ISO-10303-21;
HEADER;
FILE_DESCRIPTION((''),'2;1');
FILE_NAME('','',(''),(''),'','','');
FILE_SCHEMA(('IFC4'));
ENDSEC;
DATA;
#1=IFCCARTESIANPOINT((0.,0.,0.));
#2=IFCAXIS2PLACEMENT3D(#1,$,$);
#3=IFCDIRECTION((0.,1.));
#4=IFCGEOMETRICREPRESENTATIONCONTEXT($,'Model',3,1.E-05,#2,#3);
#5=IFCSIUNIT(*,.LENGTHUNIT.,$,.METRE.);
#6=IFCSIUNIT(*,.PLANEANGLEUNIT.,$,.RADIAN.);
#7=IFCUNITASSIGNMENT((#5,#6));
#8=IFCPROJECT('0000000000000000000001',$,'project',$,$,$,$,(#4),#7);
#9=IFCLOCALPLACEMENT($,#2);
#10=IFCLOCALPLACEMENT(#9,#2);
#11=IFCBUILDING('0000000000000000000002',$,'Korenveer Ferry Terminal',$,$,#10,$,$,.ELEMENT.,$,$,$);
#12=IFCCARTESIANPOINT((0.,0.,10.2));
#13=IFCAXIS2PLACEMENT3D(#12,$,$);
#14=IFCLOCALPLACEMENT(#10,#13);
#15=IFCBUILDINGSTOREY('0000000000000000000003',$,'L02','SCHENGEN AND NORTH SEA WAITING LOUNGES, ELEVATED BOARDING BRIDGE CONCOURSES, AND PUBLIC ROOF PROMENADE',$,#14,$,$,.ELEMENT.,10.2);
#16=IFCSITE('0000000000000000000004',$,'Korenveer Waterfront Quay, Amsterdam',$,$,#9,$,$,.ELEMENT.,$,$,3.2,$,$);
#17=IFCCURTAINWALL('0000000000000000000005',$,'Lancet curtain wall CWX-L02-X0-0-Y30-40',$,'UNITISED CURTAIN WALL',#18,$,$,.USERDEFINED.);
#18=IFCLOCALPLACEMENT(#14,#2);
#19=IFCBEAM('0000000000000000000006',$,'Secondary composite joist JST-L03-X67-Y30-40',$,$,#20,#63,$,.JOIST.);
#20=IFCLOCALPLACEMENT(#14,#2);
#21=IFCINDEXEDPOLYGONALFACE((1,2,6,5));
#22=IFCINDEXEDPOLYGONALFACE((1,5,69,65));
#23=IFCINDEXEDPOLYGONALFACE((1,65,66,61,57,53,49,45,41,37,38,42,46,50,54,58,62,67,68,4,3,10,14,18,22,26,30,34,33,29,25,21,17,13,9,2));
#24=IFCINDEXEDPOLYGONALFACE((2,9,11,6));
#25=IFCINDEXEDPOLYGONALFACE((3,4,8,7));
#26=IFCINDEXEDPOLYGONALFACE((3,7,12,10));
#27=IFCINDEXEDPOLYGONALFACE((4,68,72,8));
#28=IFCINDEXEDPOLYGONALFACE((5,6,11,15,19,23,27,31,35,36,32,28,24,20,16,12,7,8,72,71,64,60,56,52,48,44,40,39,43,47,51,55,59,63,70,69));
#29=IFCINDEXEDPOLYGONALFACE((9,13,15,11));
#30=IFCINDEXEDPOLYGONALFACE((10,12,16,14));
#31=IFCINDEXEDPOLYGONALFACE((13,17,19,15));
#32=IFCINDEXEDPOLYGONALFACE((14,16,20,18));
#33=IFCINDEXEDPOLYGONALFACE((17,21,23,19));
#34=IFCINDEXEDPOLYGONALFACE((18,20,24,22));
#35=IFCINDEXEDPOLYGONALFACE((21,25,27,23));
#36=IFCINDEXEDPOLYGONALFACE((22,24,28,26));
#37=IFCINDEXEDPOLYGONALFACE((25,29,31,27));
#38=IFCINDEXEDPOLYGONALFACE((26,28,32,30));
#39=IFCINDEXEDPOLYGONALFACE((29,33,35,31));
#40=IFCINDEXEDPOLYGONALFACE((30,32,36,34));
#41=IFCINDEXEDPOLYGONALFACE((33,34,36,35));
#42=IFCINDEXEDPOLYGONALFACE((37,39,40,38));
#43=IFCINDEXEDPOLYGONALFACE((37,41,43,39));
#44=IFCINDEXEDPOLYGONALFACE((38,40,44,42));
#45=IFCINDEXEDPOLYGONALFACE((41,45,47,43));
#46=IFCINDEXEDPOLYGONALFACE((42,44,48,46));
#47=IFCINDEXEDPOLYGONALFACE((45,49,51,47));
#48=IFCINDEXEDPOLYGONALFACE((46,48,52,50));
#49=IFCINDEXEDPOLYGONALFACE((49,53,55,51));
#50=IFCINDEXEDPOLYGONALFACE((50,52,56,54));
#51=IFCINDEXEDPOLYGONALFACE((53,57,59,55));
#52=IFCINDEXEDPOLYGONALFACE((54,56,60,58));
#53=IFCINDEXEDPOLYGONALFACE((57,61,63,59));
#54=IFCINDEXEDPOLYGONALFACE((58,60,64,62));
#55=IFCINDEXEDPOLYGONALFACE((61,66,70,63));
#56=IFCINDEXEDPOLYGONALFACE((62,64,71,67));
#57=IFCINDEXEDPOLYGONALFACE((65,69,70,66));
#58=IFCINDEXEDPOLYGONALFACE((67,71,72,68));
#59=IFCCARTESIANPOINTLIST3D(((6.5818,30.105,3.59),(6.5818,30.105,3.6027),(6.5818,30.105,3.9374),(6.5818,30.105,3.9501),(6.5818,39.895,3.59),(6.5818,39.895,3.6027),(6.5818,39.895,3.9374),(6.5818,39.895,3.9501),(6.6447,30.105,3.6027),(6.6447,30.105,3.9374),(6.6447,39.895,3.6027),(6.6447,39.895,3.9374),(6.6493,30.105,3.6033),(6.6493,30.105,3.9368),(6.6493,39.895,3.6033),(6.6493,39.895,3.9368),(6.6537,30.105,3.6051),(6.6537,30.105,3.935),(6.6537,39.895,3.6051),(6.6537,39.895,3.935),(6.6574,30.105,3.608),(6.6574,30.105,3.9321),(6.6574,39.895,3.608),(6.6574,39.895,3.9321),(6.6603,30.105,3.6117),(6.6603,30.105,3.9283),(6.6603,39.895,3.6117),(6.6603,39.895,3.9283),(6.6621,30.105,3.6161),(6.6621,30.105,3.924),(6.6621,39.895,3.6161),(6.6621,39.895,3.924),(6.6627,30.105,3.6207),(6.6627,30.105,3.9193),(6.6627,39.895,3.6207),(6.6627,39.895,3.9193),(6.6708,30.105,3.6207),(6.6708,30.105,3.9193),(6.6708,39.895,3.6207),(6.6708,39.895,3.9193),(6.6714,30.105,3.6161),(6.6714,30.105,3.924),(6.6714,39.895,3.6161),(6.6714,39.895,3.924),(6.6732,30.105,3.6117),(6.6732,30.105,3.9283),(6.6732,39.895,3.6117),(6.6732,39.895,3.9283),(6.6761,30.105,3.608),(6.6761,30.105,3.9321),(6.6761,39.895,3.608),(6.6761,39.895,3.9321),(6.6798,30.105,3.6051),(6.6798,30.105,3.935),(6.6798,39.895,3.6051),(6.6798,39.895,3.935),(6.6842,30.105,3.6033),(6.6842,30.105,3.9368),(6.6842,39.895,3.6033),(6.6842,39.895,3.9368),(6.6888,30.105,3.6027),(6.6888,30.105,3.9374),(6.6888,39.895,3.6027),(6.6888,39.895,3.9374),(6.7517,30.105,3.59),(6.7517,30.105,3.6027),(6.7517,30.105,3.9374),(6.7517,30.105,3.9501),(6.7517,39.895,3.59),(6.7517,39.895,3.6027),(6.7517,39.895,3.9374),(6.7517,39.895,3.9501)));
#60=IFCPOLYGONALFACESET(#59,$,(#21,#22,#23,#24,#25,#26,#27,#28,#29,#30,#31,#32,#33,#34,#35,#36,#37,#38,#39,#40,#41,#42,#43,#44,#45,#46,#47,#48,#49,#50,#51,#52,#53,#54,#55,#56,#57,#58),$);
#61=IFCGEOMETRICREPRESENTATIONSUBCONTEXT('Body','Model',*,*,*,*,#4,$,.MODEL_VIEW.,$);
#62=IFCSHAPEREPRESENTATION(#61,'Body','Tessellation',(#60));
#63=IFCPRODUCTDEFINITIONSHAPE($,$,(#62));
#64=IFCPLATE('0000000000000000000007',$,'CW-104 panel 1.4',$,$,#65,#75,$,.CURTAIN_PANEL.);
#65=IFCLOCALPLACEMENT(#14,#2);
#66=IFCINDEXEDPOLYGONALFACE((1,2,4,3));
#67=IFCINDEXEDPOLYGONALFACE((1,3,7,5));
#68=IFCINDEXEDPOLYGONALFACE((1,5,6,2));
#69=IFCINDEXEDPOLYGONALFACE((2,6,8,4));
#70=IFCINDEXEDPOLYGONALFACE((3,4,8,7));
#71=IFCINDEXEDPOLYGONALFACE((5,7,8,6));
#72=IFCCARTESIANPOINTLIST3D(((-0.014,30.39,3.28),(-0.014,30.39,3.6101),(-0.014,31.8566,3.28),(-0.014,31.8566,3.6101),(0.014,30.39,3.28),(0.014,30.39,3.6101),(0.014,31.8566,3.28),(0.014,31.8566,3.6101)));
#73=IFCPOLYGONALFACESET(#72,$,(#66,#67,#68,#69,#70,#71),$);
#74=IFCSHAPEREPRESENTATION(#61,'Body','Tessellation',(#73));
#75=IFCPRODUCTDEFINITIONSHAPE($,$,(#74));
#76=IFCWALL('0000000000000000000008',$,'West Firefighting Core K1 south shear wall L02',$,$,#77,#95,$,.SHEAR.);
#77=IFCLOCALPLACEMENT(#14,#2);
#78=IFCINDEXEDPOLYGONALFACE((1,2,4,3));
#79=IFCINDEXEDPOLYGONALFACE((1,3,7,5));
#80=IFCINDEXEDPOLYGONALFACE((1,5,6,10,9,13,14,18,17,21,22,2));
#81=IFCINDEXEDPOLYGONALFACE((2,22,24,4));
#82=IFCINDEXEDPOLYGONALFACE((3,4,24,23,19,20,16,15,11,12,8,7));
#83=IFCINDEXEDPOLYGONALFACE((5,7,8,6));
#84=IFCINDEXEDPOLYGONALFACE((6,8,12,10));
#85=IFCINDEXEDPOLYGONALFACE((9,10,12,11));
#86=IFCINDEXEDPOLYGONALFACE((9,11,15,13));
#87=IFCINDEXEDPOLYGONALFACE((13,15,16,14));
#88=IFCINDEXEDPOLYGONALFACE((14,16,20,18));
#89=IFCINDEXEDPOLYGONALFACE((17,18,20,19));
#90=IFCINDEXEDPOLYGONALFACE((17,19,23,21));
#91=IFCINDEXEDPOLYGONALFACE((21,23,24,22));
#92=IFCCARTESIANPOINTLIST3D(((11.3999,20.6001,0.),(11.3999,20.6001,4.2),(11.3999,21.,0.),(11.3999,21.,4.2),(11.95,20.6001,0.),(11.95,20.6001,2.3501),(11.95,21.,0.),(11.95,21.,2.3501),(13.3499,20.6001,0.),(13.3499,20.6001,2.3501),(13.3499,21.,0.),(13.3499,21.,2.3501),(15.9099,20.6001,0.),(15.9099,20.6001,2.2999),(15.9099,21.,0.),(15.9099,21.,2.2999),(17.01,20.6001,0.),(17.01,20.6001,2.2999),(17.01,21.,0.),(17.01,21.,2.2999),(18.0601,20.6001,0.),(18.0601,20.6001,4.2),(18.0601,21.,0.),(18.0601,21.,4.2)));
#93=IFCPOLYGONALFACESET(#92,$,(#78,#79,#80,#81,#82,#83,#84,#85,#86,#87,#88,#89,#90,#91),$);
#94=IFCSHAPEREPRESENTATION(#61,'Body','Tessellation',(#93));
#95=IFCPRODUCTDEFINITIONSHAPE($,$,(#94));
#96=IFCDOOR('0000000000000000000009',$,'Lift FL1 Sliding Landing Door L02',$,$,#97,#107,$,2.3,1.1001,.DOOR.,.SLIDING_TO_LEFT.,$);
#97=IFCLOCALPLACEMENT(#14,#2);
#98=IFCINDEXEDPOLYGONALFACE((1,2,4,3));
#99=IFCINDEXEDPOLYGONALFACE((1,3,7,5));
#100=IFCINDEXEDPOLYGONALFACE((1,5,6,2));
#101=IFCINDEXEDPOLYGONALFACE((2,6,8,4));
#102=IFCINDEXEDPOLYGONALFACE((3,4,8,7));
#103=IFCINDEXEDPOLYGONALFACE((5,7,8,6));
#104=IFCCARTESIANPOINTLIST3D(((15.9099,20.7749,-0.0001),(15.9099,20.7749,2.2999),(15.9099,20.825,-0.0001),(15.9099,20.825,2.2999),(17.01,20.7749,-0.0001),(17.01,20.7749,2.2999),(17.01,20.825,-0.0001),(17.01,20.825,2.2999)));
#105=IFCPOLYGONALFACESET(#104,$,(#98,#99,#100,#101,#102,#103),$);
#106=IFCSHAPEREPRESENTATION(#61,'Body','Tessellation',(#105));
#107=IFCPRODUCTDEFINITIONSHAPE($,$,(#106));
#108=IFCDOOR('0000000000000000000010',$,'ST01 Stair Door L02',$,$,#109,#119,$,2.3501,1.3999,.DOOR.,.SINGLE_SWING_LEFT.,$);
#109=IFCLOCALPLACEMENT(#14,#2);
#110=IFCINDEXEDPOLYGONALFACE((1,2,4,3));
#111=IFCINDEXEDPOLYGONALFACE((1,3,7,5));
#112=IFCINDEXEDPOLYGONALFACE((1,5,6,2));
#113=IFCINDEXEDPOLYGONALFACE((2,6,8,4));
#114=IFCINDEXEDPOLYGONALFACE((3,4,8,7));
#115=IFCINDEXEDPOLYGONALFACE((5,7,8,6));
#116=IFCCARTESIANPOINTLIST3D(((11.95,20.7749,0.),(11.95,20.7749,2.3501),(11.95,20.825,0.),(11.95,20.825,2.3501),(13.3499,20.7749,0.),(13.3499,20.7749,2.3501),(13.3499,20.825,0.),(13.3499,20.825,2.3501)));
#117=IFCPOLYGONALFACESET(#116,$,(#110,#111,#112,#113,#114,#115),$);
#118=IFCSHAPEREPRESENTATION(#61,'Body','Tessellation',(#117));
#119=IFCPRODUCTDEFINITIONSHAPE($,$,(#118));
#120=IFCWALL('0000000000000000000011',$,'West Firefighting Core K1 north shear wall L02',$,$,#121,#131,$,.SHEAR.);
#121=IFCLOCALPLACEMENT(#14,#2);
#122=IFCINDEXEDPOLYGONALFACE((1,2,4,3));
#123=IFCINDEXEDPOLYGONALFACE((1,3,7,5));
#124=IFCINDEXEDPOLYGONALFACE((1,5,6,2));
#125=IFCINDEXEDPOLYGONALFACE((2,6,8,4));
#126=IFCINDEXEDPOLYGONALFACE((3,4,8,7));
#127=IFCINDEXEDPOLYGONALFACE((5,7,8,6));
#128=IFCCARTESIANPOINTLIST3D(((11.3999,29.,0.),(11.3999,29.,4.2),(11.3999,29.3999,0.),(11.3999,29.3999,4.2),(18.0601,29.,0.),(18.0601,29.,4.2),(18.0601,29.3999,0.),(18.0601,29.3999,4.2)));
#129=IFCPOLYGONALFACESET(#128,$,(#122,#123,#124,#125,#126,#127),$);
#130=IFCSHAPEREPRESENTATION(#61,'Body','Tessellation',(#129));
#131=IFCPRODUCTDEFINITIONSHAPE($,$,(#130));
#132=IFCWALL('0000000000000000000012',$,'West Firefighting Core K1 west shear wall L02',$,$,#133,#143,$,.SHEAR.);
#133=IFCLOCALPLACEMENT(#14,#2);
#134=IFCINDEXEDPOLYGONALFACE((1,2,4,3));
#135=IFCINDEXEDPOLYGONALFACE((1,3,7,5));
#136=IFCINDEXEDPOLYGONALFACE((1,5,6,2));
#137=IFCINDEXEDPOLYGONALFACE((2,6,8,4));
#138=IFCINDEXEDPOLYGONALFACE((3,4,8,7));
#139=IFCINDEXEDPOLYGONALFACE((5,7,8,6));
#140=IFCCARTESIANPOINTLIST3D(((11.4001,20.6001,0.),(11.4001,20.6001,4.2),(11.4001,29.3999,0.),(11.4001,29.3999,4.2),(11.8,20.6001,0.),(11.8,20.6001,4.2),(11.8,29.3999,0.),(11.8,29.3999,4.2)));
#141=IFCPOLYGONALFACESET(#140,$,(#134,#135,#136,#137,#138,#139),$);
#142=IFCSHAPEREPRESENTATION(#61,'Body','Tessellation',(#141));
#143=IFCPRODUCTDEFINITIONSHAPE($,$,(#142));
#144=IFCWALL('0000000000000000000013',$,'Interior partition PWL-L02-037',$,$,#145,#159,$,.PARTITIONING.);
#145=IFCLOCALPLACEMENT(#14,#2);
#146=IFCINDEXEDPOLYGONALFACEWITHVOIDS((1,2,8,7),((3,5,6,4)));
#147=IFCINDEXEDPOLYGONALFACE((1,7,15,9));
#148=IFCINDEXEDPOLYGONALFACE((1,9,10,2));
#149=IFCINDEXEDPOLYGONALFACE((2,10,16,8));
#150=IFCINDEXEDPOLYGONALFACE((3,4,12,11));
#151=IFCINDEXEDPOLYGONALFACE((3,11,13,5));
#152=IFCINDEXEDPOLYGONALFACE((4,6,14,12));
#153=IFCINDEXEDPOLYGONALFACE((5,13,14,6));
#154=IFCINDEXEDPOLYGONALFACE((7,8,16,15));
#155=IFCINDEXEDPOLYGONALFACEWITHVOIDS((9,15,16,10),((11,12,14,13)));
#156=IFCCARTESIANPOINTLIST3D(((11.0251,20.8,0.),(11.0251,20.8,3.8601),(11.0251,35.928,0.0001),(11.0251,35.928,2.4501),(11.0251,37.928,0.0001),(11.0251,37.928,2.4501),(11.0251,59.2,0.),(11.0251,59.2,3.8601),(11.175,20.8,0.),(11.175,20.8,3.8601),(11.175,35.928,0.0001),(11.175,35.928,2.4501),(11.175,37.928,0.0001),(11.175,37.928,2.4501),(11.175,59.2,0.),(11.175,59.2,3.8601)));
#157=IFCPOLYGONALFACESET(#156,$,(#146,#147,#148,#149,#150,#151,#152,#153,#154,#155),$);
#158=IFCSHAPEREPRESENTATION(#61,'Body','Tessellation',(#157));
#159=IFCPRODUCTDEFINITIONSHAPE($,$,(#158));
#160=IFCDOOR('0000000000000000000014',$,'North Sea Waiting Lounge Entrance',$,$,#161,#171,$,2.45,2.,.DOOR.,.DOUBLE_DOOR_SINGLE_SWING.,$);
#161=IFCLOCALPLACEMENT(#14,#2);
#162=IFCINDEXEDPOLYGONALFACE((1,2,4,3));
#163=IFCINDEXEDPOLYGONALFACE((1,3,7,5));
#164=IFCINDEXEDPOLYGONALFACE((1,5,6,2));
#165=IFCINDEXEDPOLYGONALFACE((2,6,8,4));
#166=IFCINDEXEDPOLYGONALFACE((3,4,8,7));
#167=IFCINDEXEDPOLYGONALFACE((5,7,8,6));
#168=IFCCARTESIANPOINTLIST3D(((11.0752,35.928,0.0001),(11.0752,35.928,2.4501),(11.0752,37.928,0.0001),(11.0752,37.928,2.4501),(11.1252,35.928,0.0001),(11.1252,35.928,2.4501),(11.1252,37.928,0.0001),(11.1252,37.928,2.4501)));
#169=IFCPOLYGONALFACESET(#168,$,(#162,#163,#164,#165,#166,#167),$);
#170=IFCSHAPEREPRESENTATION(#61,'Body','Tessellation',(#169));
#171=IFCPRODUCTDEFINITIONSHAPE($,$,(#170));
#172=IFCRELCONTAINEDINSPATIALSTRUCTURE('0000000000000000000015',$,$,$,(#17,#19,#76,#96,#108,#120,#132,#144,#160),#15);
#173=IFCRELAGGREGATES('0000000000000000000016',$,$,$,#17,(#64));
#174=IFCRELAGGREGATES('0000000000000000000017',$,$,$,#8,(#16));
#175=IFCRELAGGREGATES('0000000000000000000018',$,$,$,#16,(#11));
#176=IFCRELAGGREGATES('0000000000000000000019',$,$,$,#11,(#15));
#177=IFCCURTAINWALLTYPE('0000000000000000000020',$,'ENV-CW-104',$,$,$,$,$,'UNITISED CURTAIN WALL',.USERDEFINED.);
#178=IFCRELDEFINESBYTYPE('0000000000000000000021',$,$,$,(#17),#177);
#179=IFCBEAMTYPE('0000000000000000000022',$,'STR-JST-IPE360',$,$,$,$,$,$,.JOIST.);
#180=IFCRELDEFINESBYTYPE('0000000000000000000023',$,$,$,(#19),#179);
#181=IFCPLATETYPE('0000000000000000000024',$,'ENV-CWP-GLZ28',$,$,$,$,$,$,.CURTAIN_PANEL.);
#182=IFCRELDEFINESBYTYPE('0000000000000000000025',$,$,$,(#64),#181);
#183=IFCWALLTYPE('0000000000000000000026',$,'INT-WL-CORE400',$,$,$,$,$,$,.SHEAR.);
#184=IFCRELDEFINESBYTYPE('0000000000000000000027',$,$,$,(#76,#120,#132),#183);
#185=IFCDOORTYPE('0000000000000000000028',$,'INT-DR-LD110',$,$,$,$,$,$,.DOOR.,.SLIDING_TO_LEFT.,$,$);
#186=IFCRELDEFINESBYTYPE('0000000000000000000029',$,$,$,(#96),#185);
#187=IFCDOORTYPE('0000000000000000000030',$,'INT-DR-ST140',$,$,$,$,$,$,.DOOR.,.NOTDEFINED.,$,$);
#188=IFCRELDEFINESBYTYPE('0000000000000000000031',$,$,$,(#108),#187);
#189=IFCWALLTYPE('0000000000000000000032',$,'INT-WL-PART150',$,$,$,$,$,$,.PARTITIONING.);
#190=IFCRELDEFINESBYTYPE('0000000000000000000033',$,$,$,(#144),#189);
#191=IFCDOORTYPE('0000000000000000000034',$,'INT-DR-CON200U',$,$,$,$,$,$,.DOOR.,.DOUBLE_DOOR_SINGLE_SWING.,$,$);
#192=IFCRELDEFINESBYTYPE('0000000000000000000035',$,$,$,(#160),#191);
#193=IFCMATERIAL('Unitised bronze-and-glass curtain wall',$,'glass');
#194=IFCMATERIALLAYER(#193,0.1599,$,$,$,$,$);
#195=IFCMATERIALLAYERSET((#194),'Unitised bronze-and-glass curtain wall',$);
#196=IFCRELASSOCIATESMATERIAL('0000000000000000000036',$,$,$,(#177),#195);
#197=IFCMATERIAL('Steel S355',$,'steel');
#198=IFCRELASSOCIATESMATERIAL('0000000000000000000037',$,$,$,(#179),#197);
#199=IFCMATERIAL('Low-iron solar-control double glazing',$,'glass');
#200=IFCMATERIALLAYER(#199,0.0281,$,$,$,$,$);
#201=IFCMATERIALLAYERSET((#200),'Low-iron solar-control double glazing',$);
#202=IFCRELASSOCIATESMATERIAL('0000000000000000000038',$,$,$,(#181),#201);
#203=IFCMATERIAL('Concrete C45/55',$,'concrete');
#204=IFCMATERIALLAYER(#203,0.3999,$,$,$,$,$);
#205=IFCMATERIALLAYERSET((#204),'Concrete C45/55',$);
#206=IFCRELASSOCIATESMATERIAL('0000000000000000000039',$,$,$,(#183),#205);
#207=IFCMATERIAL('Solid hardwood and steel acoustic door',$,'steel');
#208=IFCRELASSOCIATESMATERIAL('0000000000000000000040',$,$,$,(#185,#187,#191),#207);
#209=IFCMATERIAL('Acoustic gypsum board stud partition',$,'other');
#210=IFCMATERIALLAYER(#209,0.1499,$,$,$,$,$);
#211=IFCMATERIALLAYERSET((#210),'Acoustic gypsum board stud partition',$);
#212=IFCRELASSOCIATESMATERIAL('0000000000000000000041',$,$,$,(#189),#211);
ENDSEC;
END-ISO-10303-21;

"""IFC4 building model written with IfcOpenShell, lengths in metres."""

from ifc_helpers import new_model, si_unit, direction, frame, frame_2d, origin, origin_2d, place, context, subcontext, project, spatial, rectangle, i_section, extrude, material, layer, layer_set, material_profile, profile_set, type_object, element, fill, aggregate, save


model = new_model("IFC4")

# Units and contexts
model_context = context("Model", 3, precision=1e-05, world=origin(), true_north=direction((0.0, 1.0)))
body_context = subcontext(model_context, "Body", "Model", "MODEL_VIEW")
ifc_project = project(units=[si_unit("LENGTHUNIT", "METRE"), si_unit("PLANEANGLEUNIT", "RADIAN")], contexts=[model_context])

# Site, building, storey
site_placement = place(None, origin())
site = spatial("IfcSite", under=ifc_project, at=site_placement, Name="Korenveer Waterfront Quay, Amsterdam", CompositionType="ELEMENT", RefElevation=3.2)
building_placement = place(site_placement, origin())
building = spatial("IfcBuilding", under=site, at=building_placement, Name="Korenveer Ferry Terminal", CompositionType="ELEMENT")
storey_placement = place(building_placement, frame((0.0, 0.0, 10.2)))
storey = spatial("IfcBuildingStorey", under=building, at=storey_placement, Name="L02", Description="SCHENGEN AND NORTH SEA WAITING LOUNGES, ELEVATED BOARDING BRIDGE CONCOURSES, AND PUBLIC ROOF PROMENADE", CompositionType="ELEMENT", Elevation=10.2)

# Shared definitions
ifc_material_1 = material(Name="Concrete C45/55", Category="concrete")

# Curtain wall
ifc_material_2 = material(Name="Unitised bronze-and-glass curtain wall", Category="glass")
ifc_layer_1 = layer(ifc_material_2, 0.1599)
ifc_layer_set_1 = layer_set([ifc_layer_1], Name="Unitised bronze-and-glass curtain wall")
curtain_wall_type = type_object("IfcCurtainWallType", Name="ENV-CW-104", ElementType="UNITISED CURTAIN WALL", PredefinedType="USERDEFINED", material=ifc_layer_set_1)
curtain_wall_placement = place(storey_placement, frame((0.0, 30.3301, 0.0)))
curtain_wall = element("IfcCurtainWall", 1, at=curtain_wall_placement, inside=storey, type_object=curtain_wall_type, Name="Lancet curtain wall CWX-L02-X0-0-Y30-40", ObjectType="UNITISED CURTAIN WALL", PredefinedType="USERDEFINED")

# Beam
ifc_material_3 = material(Name="Steel S355", Category="steel")
ifc_material_profile_1 = material_profile(ifc_material_3, i_section(OverallWidth=0.1699, OverallDepth=0.3601, WebThickness=0.0081, FlangeThickness=0.0127, FilletRadius=0.0181, at=origin_2d()), Name="IPE 360")
ifc_profile_set_1 = profile_set([ifc_material_profile_1], Name="Steel S355")
beam_type_1 = type_object("IfcBeamType", Name="STR-JST-IPE360", PredefinedType="JOIST", material=ifc_profile_set_1)
for number, where, z_axis, x_axis, name in (
    (2, (6.6667, 30.105, 3.77), (0.0, 1.0, 0.0), (-1.0, 0.0, 0.0), "Secondary composite joist JST-L03-X67-Y30-40"),
):
    element("IfcBeam", number, at=place(storey_placement, frame(where, z_axis=z_axis, x_axis=x_axis)), inside=storey, type_object=beam_type_1, Name=name, PredefinedType="JOIST", context=body_context, shape_type="SweptSolid", body=[
        extrude(i_section(OverallWidth=0.1699, OverallDepth=0.3601, WebThickness=0.0081, FlangeThickness=0.0127, FilletRadius=0.0181, at=origin_2d()), origin(), (0.0, 0.0, 1.0), 9.79),
    ])

# Plate
ifc_material_4 = material(Name="Low-iron solar-control double glazing", Category="glass")
ifc_layer_2 = layer(ifc_material_4, 0.0281)
ifc_layer_set_2 = layer_set([ifc_layer_2], Name="Low-iron solar-control double glazing")
plate_type = type_object("IfcPlateType", Name="ENV-CWP-GLZ28", PredefinedType="CURTAIN_PANEL", material=ifc_layer_set_2)
plate_placement = place(storey_placement, frame((0.0, 31.1233, 3.28), z_axis=(0.0, 0.0, 1.0), x_axis=(0.0, 1.0, 0.0)))
plate = element("IfcPlate", 3, at=plate_placement, type_object=plate_type, Name="CW-104 panel 1.4", PredefinedType="CURTAIN_PANEL", context=body_context, shape_type="SweptSolid", body=[
    extrude(rectangle(XDim=1.4666, YDim=0.0281, at=origin_2d()), origin(), (0.0, 0.0, 1.0), 0.3301),
])
aggregate(curtain_wall, [plate])

# Wall, openings, doors
ifc_layer_3 = layer(ifc_material_1, 0.3999)
ifc_layer_set_3 = layer_set([ifc_layer_3], Name="Concrete C45/55")
wall_type_1 = type_object("IfcWallType", Name="INT-WL-CORE400", PredefinedType="SHEAR", material=ifc_layer_set_3)
wall_1_placement = place(storey_placement, frame((11.3999, 20.8, 0.0), z_axis=(0.0, 0.0, 1.0), x_axis=(1.0, 0.0, 0.0)))
wall_1 = element("IfcWall", 4, at=wall_1_placement, inside=storey, type_object=wall_type_1, Name="West Firefighting Core K1 south shear wall L02", PredefinedType="SHEAR", context=body_context, shape_type="SweptSolid", body=[
    extrude(rectangle(XDim=6.6602, YDim=0.3999, at=frame_2d((3.3301, 0.0))), origin(), (0.0, 0.0, 1.0), 4.2),
])
opening_1_placement = place(wall_1_placement, frame((0.55, 0.0, 0.0)))
opening_1 = element("IfcOpeningElement", 5, at=opening_1_placement, cuts=wall_1, PredefinedType="OPENING", context=body_context, shape_type="SweptSolid", body=[
    extrude(rectangle(XDim=1.3999, YDim=2.3501, at=frame_2d((0.7, 1.175))), frame((0.0, 0.21, 0.0), z_axis=(0.0, -1.0, 0.0), x_axis=(1.0, 0.0, 0.0)), (0.0, 0.0, 1.0), 0.4199),
])
opening_2_placement = place(wall_1_placement, frame((4.51, 0.0, 0.0)))
opening_2 = element("IfcOpeningElement", 6, at=opening_2_placement, cuts=wall_1, PredefinedType="OPENING", context=body_context, shape_type="SweptSolid", body=[
    extrude(rectangle(XDim=1.1001, YDim=2.3, at=frame_2d((0.55, 1.1499))), frame((0.0, 0.21, 0.0), z_axis=(0.0, -1.0, 0.0), x_axis=(1.0, 0.0, 0.0)), (0.0, 0.0, 1.0), 0.4199),
])
ifc_material_5 = material(Name="Solid hardwood and steel acoustic door", Category="steel")
door_type_1 = type_object("IfcDoorType", Name="INT-DR-LD110", OperationType="SLIDING_TO_LEFT", PredefinedType="DOOR", material=ifc_material_5)
door_1_placement = place(opening_2_placement, origin())
door_1 = element("IfcDoor", 7, at=door_1_placement, inside=storey, type_object=door_type_1, Name="Lift FL1 Sliding Landing Door L02", OperationType="SLIDING_TO_LEFT", OverallHeight=2.3, OverallWidth=1.1001, PredefinedType="DOOR", context=body_context, shape_type="SweptSolid", body=[
    extrude(rectangle(XDim=1.1001, YDim=2.3, at=frame_2d((0.55, 1.1499))), frame((0.0, 0.0249, 0.0), z_axis=(0.0, -1.0, 0.0), x_axis=(1.0, 0.0, 0.0)), (0.0, 0.0, 1.0), 0.05),
])
fill(opening_2, door_1)
door_type_2 = type_object("IfcDoorType", Name="INT-DR-ST140", OperationType="NOTDEFINED", PredefinedType="DOOR", material=ifc_material_5)
door_2_placement = place(opening_1_placement, origin())
door_2 = element("IfcDoor", 8, at=door_2_placement, inside=storey, type_object=door_type_2, Name="ST01 Stair Door L02", OperationType="SINGLE_SWING_LEFT", OverallHeight=2.3501, OverallWidth=1.3999, PredefinedType="DOOR", context=body_context, shape_type="SweptSolid", body=[
    extrude(rectangle(XDim=1.3999, YDim=2.3501, at=frame_2d((0.7, 1.175))), frame((0.0, 0.0249, 0.0), z_axis=(0.0, -1.0, 0.0), x_axis=(1.0, 0.0, 0.0)), (0.0, 0.0, 1.0), 0.05),
])
fill(opening_1, door_2)

# Walls
wall_2_placement = place(storey_placement, frame((11.3999, 29.2, 0.0), z_axis=(0.0, 0.0, 1.0), x_axis=(1.0, 0.0, 0.0)))
element("IfcWall", 9, at=wall_2_placement, inside=storey, type_object=wall_type_1, Name="West Firefighting Core K1 north shear wall L02", PredefinedType="SHEAR", context=body_context, shape_type="SweptSolid", body=[
    extrude(rectangle(XDim=6.6602, YDim=0.3999, at=frame_2d((3.3301, 0.0))), origin(), (0.0, 0.0, 1.0), 4.2),
])
wall_3_placement = place(storey_placement, frame((11.6001, 20.6001, 0.0), z_axis=(0.0, 0.0, 1.0), x_axis=(0.0, 1.0, 0.0)))
element("IfcWall", 10, at=wall_3_placement, inside=storey, type_object=wall_type_1, Name="West Firefighting Core K1 west shear wall L02", PredefinedType="SHEAR", context=body_context, shape_type="SweptSolid", body=[
    extrude(rectangle(XDim=8.7998, YDim=0.3999, at=frame_2d((4.3999, 0.0))), origin(), (0.0, 0.0, 1.0), 4.2),
])

# Wall, opening, door
ifc_material_6 = material(Name="Acoustic gypsum board stud partition", Category="other")
ifc_layer_4 = layer(ifc_material_6, 0.1499)
ifc_layer_set_4 = layer_set([ifc_layer_4], Name="Acoustic gypsum board stud partition")
wall_type_2 = type_object("IfcWallType", Name="INT-WL-PART150", PredefinedType="PARTITIONING", material=ifc_layer_set_4)
wall_4_placement = place(storey_placement, frame((11.1001, 20.8, 0.0), z_axis=(0.0, 0.0, 1.0), x_axis=(0.0, 1.0, 0.0)))
wall_4 = element("IfcWall", 11, at=wall_4_placement, inside=storey, type_object=wall_type_2, Name="Interior partition PWL-L02-037", PredefinedType="PARTITIONING", context=body_context, shape_type="SweptSolid", body=[
    extrude(rectangle(XDim=38.3999, YDim=0.1499, at=frame_2d((19.2, 0.0))), origin(), (0.0, 0.0, 1.0), 3.8601),
])
opening_3_placement = place(wall_4_placement, frame((15.1279, 0.0, 0.0)))
opening_3 = element("IfcOpeningElement", 12, at=opening_3_placement, cuts=wall_4, PredefinedType="OPENING", context=body_context, shape_type="SweptSolid", body=[
    extrude(rectangle(XDim=2.0, YDim=2.45, at=frame_2d((1.0, 1.2251))), frame((0.0, 0.085, 0.0), z_axis=(0.0, -1.0, 0.0), x_axis=(1.0, 0.0, 0.0)), (0.0, 0.0, 1.0), 0.1699),
])
door_type_3 = type_object("IfcDoorType", Name="INT-DR-CON200U", OperationType="DOUBLE_DOOR_SINGLE_SWING", PredefinedType="DOOR", material=ifc_material_5)
door_3_placement = place(opening_3_placement, origin())
door_3 = element("IfcDoor", 13, at=door_3_placement, inside=storey, type_object=door_type_3, Name="North Sea Waiting Lounge Entrance", OperationType="DOUBLE_DOOR_SINGLE_SWING", OverallHeight=2.45, OverallWidth=2.0, PredefinedType="DOOR", context=body_context, shape_type="SweptSolid", body=[
    extrude(rectangle(XDim=2.0, YDim=2.45, at=frame_2d((1.0, 1.2251))), frame((0.0, 0.0249, 0.0), z_axis=(0.0, -1.0, 0.0), x_axis=(1.0, 0.0, 0.0)), (0.0, 0.0, 1.0), 0.05),
])
fill(opening_3, door_3)

save(model, "model.ifc")
